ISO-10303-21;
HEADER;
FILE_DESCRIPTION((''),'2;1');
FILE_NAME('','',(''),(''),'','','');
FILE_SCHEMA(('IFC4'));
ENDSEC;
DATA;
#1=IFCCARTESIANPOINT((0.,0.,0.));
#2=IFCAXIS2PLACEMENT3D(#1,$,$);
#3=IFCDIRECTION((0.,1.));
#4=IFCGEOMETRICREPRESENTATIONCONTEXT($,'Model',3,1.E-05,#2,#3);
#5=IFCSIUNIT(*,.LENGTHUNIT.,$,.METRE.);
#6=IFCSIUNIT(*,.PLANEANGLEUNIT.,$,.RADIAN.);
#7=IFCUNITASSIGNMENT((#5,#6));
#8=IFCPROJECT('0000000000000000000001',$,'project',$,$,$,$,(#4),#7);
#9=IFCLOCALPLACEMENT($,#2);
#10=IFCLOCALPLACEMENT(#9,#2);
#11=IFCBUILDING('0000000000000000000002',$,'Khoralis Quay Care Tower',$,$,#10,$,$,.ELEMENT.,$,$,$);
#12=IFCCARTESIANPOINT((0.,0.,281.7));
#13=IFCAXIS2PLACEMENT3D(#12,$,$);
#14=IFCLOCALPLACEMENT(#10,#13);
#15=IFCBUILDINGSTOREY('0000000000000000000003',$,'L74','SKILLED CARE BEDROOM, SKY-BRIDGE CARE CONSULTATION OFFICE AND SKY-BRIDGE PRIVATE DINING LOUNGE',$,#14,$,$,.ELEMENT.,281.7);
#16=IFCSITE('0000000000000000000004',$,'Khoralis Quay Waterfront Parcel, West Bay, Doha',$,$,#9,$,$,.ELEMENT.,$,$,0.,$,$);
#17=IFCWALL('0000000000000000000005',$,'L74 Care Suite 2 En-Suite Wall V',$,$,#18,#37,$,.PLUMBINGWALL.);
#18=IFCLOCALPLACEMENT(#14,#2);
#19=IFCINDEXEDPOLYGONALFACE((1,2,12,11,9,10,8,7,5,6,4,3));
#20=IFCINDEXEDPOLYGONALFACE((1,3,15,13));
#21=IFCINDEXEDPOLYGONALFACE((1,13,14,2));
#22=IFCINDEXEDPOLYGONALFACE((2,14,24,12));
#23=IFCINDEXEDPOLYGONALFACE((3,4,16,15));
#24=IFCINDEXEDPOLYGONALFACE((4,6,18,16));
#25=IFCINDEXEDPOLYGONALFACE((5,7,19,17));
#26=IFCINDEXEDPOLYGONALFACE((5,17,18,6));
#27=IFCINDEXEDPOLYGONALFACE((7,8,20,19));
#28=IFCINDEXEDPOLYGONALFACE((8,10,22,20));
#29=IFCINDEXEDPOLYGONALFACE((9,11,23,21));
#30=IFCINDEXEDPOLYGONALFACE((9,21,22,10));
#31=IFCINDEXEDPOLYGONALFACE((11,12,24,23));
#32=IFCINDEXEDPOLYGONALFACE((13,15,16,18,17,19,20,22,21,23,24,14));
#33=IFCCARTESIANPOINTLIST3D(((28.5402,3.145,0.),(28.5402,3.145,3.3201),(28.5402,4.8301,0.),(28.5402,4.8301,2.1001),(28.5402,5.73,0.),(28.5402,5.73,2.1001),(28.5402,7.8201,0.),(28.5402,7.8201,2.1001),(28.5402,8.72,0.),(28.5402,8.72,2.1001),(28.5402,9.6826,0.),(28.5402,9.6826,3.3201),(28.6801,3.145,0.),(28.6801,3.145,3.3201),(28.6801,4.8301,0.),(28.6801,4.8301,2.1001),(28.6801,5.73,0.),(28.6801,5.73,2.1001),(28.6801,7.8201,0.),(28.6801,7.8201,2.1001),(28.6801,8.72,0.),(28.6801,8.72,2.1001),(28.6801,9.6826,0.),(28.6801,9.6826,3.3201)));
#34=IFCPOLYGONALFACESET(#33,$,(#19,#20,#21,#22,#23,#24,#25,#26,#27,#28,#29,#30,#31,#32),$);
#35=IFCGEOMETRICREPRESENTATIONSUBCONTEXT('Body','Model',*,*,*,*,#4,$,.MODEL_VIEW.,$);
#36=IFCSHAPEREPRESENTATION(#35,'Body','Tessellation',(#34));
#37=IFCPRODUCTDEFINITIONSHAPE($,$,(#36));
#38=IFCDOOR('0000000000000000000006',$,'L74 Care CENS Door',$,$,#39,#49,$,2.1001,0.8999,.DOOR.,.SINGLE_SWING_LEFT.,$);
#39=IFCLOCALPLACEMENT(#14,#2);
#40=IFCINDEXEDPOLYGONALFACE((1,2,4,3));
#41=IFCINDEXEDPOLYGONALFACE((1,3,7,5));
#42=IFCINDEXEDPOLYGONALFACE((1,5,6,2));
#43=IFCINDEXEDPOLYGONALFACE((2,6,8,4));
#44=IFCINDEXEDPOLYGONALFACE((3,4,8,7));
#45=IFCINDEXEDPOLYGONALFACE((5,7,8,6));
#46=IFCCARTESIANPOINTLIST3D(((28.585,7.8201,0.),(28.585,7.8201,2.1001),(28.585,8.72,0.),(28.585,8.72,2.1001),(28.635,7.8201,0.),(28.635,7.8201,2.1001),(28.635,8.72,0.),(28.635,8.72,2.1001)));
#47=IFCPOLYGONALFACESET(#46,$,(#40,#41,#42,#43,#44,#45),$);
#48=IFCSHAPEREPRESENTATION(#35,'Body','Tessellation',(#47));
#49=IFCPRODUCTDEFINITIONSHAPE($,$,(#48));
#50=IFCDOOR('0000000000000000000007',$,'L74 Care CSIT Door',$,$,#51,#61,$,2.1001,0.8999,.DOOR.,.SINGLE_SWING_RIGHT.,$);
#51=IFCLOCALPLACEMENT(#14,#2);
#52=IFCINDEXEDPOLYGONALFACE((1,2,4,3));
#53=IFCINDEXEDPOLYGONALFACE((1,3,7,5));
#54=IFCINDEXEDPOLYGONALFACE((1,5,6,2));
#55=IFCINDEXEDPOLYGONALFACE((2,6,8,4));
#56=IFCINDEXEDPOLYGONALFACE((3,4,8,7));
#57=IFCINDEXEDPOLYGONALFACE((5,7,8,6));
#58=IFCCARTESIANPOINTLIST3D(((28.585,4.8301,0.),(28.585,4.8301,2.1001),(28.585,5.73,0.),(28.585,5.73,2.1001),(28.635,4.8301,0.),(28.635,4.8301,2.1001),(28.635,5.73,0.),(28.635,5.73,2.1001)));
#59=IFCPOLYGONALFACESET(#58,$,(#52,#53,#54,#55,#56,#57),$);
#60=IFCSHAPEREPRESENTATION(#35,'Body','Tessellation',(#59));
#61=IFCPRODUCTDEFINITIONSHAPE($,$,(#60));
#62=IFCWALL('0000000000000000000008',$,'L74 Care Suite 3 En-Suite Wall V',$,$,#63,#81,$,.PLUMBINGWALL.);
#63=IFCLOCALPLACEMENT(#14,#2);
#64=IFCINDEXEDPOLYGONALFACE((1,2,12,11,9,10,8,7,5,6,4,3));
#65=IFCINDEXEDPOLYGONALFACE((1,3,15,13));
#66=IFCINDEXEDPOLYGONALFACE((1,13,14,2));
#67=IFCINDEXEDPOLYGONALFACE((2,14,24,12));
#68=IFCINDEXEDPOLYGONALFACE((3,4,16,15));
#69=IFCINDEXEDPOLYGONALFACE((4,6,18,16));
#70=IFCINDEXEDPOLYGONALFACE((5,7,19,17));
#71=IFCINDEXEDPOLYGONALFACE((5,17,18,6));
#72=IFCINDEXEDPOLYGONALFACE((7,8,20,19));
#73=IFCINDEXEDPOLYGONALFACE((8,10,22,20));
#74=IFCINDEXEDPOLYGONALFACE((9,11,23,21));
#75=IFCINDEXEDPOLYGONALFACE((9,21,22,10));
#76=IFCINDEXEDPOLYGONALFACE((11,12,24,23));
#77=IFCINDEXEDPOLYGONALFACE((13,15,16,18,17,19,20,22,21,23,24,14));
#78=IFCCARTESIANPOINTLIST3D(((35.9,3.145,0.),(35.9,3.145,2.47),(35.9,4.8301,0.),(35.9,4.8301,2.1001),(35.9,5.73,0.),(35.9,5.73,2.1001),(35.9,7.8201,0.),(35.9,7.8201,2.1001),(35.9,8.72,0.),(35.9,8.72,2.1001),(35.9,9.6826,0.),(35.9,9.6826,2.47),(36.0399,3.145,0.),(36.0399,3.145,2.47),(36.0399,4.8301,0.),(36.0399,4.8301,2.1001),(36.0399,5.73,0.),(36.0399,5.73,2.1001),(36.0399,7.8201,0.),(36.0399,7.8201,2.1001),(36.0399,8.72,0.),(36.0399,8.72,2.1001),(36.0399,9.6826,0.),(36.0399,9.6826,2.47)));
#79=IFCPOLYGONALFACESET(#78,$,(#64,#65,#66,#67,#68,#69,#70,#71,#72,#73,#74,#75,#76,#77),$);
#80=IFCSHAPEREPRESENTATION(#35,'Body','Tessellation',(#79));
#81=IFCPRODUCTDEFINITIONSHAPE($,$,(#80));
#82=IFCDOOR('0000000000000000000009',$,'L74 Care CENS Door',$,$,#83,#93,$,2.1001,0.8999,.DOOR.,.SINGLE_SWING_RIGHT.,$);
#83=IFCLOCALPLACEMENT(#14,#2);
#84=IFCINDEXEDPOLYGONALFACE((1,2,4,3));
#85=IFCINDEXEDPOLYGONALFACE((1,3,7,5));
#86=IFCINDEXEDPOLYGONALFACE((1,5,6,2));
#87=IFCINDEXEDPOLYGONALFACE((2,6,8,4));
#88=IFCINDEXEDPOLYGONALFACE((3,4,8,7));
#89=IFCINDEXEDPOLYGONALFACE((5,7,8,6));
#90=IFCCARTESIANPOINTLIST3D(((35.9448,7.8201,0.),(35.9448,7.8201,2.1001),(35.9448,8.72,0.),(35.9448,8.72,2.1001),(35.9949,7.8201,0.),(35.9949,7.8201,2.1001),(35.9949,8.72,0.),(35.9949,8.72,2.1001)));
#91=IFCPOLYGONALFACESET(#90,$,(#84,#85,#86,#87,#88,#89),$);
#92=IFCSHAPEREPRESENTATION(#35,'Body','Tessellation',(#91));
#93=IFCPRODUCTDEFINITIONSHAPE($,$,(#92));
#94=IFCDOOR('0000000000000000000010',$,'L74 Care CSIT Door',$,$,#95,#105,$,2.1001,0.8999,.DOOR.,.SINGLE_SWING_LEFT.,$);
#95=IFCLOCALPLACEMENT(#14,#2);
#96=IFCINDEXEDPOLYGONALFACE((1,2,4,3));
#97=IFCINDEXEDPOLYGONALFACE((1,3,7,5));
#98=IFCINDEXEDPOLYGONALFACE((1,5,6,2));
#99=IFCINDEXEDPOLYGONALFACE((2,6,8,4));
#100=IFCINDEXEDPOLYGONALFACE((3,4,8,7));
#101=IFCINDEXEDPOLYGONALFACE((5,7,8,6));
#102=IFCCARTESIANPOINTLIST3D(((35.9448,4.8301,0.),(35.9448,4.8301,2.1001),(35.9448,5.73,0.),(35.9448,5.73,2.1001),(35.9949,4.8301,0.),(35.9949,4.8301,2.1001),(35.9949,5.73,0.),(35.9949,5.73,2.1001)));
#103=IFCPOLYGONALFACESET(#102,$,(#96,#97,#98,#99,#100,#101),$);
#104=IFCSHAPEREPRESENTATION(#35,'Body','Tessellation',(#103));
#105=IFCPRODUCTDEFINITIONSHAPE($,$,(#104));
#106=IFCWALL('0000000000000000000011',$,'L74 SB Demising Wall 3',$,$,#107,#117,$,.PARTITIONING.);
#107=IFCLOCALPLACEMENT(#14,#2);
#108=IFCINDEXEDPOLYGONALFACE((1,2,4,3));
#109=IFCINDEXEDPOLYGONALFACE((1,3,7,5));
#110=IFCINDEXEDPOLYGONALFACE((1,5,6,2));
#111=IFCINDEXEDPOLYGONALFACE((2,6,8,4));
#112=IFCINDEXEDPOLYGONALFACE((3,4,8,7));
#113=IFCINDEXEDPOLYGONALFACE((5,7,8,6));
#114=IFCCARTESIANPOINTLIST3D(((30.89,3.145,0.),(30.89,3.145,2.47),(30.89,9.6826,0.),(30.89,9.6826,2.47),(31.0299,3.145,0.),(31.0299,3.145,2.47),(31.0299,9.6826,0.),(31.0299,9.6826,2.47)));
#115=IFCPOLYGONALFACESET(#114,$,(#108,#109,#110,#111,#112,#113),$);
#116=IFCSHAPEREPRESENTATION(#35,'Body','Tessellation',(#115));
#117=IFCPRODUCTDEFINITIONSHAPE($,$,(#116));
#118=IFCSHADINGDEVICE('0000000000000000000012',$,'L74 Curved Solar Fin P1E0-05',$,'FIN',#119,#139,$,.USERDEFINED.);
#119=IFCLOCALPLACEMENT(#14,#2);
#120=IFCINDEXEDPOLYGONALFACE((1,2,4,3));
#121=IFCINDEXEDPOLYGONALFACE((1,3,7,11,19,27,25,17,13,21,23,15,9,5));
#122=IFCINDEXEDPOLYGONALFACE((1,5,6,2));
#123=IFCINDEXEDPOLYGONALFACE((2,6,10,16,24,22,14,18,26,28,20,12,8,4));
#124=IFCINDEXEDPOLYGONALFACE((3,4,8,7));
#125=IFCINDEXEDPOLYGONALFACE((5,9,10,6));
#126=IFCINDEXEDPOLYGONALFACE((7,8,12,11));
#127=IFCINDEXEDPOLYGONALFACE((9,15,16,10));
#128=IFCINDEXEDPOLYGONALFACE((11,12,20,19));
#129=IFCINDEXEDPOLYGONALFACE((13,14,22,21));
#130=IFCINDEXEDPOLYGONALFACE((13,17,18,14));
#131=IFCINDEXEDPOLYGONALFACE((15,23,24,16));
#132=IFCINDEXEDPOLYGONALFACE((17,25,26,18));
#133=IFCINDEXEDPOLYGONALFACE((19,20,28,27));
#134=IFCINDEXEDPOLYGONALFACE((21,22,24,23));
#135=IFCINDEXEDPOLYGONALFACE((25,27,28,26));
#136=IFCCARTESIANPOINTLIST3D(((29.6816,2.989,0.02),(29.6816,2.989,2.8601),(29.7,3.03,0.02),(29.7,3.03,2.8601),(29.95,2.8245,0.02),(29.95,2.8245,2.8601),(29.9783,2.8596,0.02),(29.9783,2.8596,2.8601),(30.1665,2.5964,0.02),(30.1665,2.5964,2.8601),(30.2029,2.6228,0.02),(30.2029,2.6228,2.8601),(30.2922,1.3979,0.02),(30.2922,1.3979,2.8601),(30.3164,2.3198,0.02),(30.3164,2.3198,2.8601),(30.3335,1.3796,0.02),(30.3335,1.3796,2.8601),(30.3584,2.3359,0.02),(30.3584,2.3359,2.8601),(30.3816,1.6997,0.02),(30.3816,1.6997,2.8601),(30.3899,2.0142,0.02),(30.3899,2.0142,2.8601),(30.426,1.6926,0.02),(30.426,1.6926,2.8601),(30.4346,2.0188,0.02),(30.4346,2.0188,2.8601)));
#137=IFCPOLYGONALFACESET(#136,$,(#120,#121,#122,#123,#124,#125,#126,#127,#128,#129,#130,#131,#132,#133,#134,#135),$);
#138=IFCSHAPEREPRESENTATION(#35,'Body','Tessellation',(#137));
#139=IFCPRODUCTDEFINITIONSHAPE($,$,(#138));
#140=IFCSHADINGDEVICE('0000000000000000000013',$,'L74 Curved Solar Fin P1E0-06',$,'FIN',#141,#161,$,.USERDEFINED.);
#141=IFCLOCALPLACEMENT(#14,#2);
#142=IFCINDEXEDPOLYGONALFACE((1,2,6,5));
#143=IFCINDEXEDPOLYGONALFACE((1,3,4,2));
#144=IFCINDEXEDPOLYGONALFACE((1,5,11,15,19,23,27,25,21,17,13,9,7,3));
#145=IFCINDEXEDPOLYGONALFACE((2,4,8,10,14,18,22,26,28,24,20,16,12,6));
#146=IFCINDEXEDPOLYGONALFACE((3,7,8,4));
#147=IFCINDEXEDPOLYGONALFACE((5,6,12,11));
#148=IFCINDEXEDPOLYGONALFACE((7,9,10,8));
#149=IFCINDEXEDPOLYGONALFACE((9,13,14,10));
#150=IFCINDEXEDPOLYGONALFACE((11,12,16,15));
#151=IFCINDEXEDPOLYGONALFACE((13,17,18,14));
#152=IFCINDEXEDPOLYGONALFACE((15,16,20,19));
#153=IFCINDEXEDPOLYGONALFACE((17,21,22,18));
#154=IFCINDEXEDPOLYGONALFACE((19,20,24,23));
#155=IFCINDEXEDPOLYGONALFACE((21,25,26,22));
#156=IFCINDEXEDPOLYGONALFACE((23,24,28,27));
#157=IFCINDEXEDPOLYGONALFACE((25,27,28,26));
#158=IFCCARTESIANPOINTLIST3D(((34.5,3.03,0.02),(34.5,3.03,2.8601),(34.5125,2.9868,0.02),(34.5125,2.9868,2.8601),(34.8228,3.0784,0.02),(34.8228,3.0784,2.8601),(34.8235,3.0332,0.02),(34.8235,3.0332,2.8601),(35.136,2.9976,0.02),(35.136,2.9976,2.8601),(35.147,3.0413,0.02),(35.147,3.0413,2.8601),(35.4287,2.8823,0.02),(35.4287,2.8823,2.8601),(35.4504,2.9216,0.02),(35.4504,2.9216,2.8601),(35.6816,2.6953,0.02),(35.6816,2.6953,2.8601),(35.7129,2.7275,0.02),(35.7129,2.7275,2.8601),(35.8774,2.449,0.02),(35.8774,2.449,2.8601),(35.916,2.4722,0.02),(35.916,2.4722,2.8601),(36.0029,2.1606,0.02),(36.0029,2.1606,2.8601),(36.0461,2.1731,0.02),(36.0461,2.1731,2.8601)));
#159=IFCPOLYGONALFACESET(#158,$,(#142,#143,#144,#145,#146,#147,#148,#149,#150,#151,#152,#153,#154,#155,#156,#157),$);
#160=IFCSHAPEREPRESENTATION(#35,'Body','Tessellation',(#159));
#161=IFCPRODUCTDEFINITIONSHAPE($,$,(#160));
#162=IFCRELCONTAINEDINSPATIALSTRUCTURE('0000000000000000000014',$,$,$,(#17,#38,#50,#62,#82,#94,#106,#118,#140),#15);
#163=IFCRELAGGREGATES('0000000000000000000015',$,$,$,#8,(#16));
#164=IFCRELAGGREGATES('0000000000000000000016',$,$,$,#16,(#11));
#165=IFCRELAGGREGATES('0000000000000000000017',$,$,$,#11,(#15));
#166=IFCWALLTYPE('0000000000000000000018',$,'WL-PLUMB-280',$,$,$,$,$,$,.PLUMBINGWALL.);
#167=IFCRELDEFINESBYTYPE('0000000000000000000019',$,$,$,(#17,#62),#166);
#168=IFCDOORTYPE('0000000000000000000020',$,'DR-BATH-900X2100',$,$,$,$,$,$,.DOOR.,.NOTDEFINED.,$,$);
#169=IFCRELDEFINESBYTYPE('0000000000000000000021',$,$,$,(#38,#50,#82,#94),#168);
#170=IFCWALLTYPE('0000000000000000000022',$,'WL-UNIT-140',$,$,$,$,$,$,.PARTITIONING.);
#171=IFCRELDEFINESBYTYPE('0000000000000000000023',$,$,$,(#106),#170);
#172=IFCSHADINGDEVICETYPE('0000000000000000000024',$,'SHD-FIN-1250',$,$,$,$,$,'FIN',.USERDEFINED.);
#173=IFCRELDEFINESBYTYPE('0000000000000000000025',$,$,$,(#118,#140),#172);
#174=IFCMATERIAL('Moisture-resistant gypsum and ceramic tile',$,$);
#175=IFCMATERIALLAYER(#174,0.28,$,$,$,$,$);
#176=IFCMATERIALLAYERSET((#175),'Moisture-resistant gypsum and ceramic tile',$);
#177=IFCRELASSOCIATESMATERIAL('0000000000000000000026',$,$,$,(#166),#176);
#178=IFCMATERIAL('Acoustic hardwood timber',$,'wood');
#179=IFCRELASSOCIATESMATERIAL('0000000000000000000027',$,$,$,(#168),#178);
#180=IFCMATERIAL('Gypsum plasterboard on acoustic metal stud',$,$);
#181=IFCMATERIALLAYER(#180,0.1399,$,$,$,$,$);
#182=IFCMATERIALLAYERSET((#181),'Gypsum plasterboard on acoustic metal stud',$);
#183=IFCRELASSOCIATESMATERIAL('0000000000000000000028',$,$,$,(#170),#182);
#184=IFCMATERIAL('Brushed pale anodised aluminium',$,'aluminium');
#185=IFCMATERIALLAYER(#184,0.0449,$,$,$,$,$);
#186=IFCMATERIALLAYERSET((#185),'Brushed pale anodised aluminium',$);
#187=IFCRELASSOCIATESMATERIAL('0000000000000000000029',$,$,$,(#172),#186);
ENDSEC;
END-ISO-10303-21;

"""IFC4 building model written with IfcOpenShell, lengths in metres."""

from ifc_helpers import new_model, si_unit, direction, frame, frame_2d, origin, place, context, subcontext, project, spatial, polyline, rectangle, outline, extrude, source, transform, mapped, material, layer, layer_set, type_object, element, fill, save


model = new_model("IFC4")

# Units and contexts
model_context = context("Model", 3, precision=1e-05, world=origin(), true_north=direction((0.0, 1.0)))
body_context = subcontext(model_context, "Body", "Model", "MODEL_VIEW")
ifc_project = project(units=[si_unit("LENGTHUNIT", "METRE"), si_unit("PLANEANGLEUNIT", "RADIAN")], contexts=[model_context])

# Site, building, storey
site_placement = place(None, origin())
site = spatial("IfcSite", under=ifc_project, at=site_placement, Name="Khoralis Quay Waterfront Parcel, West Bay, Doha", CompositionType="ELEMENT", RefElevation=0.0)
building_placement = place(site_placement, origin())
building = spatial("IfcBuilding", under=site, at=building_placement, Name="Khoralis Quay Care Tower", CompositionType="ELEMENT")
storey_placement = place(building_placement, frame((0.0, 0.0, 281.7)))
storey = spatial("IfcBuildingStorey", under=building, at=storey_placement, Name="L74", Description="SKILLED CARE BEDROOM, SKY-BRIDGE CARE CONSULTATION OFFICE AND SKY-BRIDGE PRIVATE DINING LOUNGE", CompositionType="ELEMENT", Elevation=281.7)

# Walls, openings, doors
ifc_material_1 = material(Name="Moisture-resistant gypsum and ceramic tile")
ifc_layer_1 = layer(ifc_material_1, 0.28)
ifc_layer_set_1 = layer_set([ifc_layer_1], Name="Moisture-resistant gypsum and ceramic tile")
wall_type_1 = type_object("IfcWallType", Name="WL-PLUMB-280", PredefinedType="PLUMBINGWALL", material=ifc_layer_set_1)
wall_1_placement = place(storey_placement, frame((28.6101, 3.145, 0.0), z_axis=(0.0, 0.0, 1.0), x_axis=(0.0, 1.0, 0.0)))
wall_1 = element("IfcWall", 1, at=wall_1_placement, inside=storey, type_object=wall_type_1, Name="L74 Care Suite 2 En-Suite Wall V", PredefinedType="PLUMBINGWALL", context=body_context, shape_type="SweptSolid", body=[
    extrude(rectangle(XDim=6.5376, YDim=0.1399, at=frame_2d((3.2688, 0.0))), origin(), (0.0, 0.0, 1.0), 3.3201),
])
opening_1_placement = place(wall_1_placement, frame((4.675, 0.0, 0.0)))
opening_1 = element("IfcOpeningElement", 2, at=opening_1_placement, cuts=wall_1, PredefinedType="OPENING", context=body_context, shape_type="SweptSolid", body=[
    extrude(rectangle(XDim=0.8999, YDim=2.1001, at=frame_2d((0.45, 1.05))), frame((0.0, 0.0801, 0.0), z_axis=(0.0, -1.0, 0.0), x_axis=(1.0, 0.0, 0.0)), (0.0, 0.0, 1.0), 0.1599),
])
opening_2_placement = place(wall_1_placement, frame((1.6851, 0.0, 0.0)))
opening_2 = element("IfcOpeningElement", 3, at=opening_2_placement, cuts=wall_1, PredefinedType="OPENING", context=body_context, shape_type="SweptSolid", body=[
    extrude(rectangle(XDim=0.8999, YDim=2.1001, at=frame_2d((0.45, 1.05))), frame((0.0, 0.0801, 0.0), z_axis=(0.0, -1.0, 0.0), x_axis=(1.0, 0.0, 0.0)), (0.0, 0.0, 1.0), 0.1599),
])
ifc_material_2 = material(Name="Acoustic hardwood timber", Category="wood")
door_type = type_object("IfcDoorType", Name="DR-BATH-900X2100", OperationType="NOTDEFINED", PredefinedType="DOOR", material=ifc_material_2)
shared_shape_1 = source(origin(), body_context, "Body", "SweptSolid", [
    extrude(rectangle(XDim=0.8999, YDim=2.1001, at=frame_2d((0.45, 1.05))), frame((0.0, 0.0249, 0.0), z_axis=(0.0, -1.0, 0.0), x_axis=(1.0, 0.0, 0.0)), (0.0, 0.0, 1.0), 0.05),
])
door_1_placement = place(opening_1_placement, frame((0.8999, 0.0, 0.0), z_axis=(0.0, 0.0, 1.0), x_axis=(-1.0, 0.0, 0.0)))
door_1 = element("IfcDoor", 4, at=door_1_placement, inside=storey, type_object=door_type, Name="L74 Care CENS Door", OperationType="SINGLE_SWING_LEFT", OverallHeight=2.1001, OverallWidth=0.8999, PredefinedType="DOOR", context=body_context, shape_type="MappedRepresentation", body=[
    mapped(shared_shape_1, transform((0.0, 0.0, 0.0), scale=1.0)),
])
fill(opening_1, door_1)
door_2_placement = place(opening_2_placement, frame((0.8999, 0.0, 0.0), z_axis=(0.0, 0.0, 1.0), x_axis=(-1.0, 0.0, 0.0)))
door_2 = element("IfcDoor", 5, at=door_2_placement, inside=storey, type_object=door_type, Name="L74 Care CSIT Door", OperationType="SINGLE_SWING_RIGHT", OverallHeight=2.1001, OverallWidth=0.8999, PredefinedType="DOOR", context=body_context, shape_type="MappedRepresentation", body=[
    mapped(shared_shape_1, transform((0.0, 0.0, 0.0), scale=1.0)),
])
fill(opening_2, door_2)
wall_2_placement = place(storey_placement, frame((35.97, 3.145, 0.0), z_axis=(0.0, 0.0, 1.0), x_axis=(0.0, 1.0, 0.0)))
wall_2 = element("IfcWall", 6, at=wall_2_placement, inside=storey, type_object=wall_type_1, Name="L74 Care Suite 3 En-Suite Wall V", PredefinedType="PLUMBINGWALL", context=body_context, shape_type="SweptSolid", body=[
    extrude(rectangle(XDim=6.5376, YDim=0.1399, at=frame_2d((3.2688, 0.0))), origin(), (0.0, 0.0, 1.0), 2.47),
])
opening_3_placement = place(wall_2_placement, frame((4.675, 0.0, 0.0)))
opening_3 = element("IfcOpeningElement", 7, at=opening_3_placement, cuts=wall_2, PredefinedType="OPENING", context=body_context, shape_type="SweptSolid", body=[
    extrude(rectangle(XDim=0.8999, YDim=2.1001, at=frame_2d((0.45, 1.05))), frame((0.0, 0.0801, 0.0), z_axis=(0.0, -1.0, 0.0), x_axis=(1.0, 0.0, 0.0)), (0.0, 0.0, 1.0), 0.1599),
])
opening_4_placement = place(wall_2_placement, frame((1.6851, 0.0, 0.0)))
opening_4 = element("IfcOpeningElement", 8, at=opening_4_placement, cuts=wall_2, PredefinedType="OPENING", context=body_context, shape_type="SweptSolid", body=[
    extrude(rectangle(XDim=0.8999, YDim=2.1001, at=frame_2d((0.45, 1.05))), frame((0.0, 0.0801, 0.0), z_axis=(0.0, -1.0, 0.0), x_axis=(1.0, 0.0, 0.0)), (0.0, 0.0, 1.0), 0.1599),
])
door_3_placement = place(opening_3_placement, frame((0.8999, 0.0, 0.0), z_axis=(0.0, 0.0, 1.0), x_axis=(-1.0, 0.0, 0.0)))
door_3 = element("IfcDoor", 9, at=door_3_placement, inside=storey, type_object=door_type, Name="L74 Care CENS Door", OperationType="SINGLE_SWING_RIGHT", OverallHeight=2.1001, OverallWidth=0.8999, PredefinedType="DOOR", context=body_context, shape_type="MappedRepresentation", body=[
    mapped(shared_shape_1, transform((0.0, 0.0, 0.0), scale=1.0)),
])
fill(opening_3, door_3)
door_4_placement = place(opening_4_placement, frame((0.8999, 0.0, 0.0), z_axis=(0.0, 0.0, 1.0), x_axis=(-1.0, 0.0, 0.0)))
door_4 = element("IfcDoor", 10, at=door_4_placement, inside=storey, type_object=door_type, Name="L74 Care CSIT Door", OperationType="SINGLE_SWING_LEFT", OverallHeight=2.1001, OverallWidth=0.8999, PredefinedType="DOOR", context=body_context, shape_type="MappedRepresentation", body=[
    mapped(shared_shape_1, transform((0.0, 0.0, 0.0), scale=1.0)),
])
fill(opening_4, door_4)

# Wall
ifc_material_3 = material(Name="Gypsum plasterboard on acoustic metal stud")
ifc_layer_2 = layer(ifc_material_3, 0.1399)
ifc_layer_set_2 = layer_set([ifc_layer_2], Name="Gypsum plasterboard on acoustic metal stud")
wall_type_2 = type_object("IfcWallType", Name="WL-UNIT-140", PredefinedType="PARTITIONING", material=ifc_layer_set_2)
wall_3_placement = place(storey_placement, frame((30.96, 3.145, 0.0), z_axis=(0.0, 0.0, 1.0), x_axis=(0.0, 1.0, 0.0)))
element("IfcWall", 11, at=wall_3_placement, inside=storey, type_object=wall_type_2, Name="L74 SB Demising Wall 3", PredefinedType="PARTITIONING", context=body_context, shape_type="SweptSolid", body=[
    extrude(rectangle(XDim=6.5376, YDim=0.1399, at=frame_2d((3.2688, 0.0))), origin(), (0.0, 0.0, 1.0), 2.47),
])

# Shading devices
ifc_material_4 = material(Name="Brushed pale anodised aluminium", Category="aluminium")
ifc_layer_3 = layer(ifc_material_4, 0.0449)
ifc_layer_set_3 = layer_set([ifc_layer_3], Name="Brushed pale anodised aluminium")
shading_device_type = type_object("IfcShadingDeviceType", Name="SHD-FIN-1250", ElementType="FIN", PredefinedType="USERDEFINED", material=ifc_layer_set_3)
shared_shape_2 = source(origin(), body_context, "Body", "SweptSolid", [
    extrude(outline(polyline([(0.0, 0.0), (0.1704, 0.2783), (0.4072, 0.5029), (0.6941, 0.6584), (1.0112, 0.7346), (1.3374, 0.7261), (1.6504, 0.6335), (1.6321, 0.5923), (1.3303, 0.6816), (1.0159, 0.6899), (0.7102, 0.6165), (0.4336, 0.4666), (0.2056, 0.25), (0.041, -0.0183), (0.0, 0.0)])), origin(), (0.0, 0.0, 1.0), 2.8401),
])
shading_device_1_placement = place(storey_placement, frame((29.7, 3.03, 0.02), z_axis=(0.0, 0.0, 1.0), x_axis=(0.0, -1.0, 0.0)))
element("IfcShadingDevice", 12, at=shading_device_1_placement, inside=storey, type_object=shading_device_type, Name="L74 Curved Solar Fin P1E0-05", ObjectType="FIN", PredefinedType="USERDEFINED", context=body_context, shape_type="MappedRepresentation", body=[
    mapped(shared_shape_2, transform((0.0, 0.0, 0.0), scale=1.0)),
])
shared_shape_3 = source(origin(), body_context, "Body", "SweptSolid", [
    extrude(outline(polyline([(0.0, 0.0), (-0.0483, 0.3228), (-0.0112, 0.647), (0.1084, 0.9504), (0.3025, 1.2129), (0.5579, 1.416), (0.8569, 1.5461), (0.8694, 1.5029), (0.5811, 1.3774), (0.3347, 1.1816), (0.1477, 0.9287), (0.0325, 0.636), (-0.0032, 0.3235), (0.0432, 0.0125), (0.0, 0.0)])), origin(), (0.0, 0.0, 1.0), 2.8401),
])
shading_device_2_placement = place(storey_placement, frame((34.5, 3.03, 0.02), z_axis=(0.0, 0.0, 1.0), x_axis=(0.0, -1.0, 0.0)))
element("IfcShadingDevice", 13, at=shading_device_2_placement, inside=storey, type_object=shading_device_type, Name="L74 Curved Solar Fin P1E0-06", ObjectType="FIN", PredefinedType="USERDEFINED", context=body_context, shape_type="MappedRepresentation", body=[
    mapped(shared_shape_3, transform((0.0, 0.0, 0.0), scale=1.0)),
])

save(model, "model.ifc")
